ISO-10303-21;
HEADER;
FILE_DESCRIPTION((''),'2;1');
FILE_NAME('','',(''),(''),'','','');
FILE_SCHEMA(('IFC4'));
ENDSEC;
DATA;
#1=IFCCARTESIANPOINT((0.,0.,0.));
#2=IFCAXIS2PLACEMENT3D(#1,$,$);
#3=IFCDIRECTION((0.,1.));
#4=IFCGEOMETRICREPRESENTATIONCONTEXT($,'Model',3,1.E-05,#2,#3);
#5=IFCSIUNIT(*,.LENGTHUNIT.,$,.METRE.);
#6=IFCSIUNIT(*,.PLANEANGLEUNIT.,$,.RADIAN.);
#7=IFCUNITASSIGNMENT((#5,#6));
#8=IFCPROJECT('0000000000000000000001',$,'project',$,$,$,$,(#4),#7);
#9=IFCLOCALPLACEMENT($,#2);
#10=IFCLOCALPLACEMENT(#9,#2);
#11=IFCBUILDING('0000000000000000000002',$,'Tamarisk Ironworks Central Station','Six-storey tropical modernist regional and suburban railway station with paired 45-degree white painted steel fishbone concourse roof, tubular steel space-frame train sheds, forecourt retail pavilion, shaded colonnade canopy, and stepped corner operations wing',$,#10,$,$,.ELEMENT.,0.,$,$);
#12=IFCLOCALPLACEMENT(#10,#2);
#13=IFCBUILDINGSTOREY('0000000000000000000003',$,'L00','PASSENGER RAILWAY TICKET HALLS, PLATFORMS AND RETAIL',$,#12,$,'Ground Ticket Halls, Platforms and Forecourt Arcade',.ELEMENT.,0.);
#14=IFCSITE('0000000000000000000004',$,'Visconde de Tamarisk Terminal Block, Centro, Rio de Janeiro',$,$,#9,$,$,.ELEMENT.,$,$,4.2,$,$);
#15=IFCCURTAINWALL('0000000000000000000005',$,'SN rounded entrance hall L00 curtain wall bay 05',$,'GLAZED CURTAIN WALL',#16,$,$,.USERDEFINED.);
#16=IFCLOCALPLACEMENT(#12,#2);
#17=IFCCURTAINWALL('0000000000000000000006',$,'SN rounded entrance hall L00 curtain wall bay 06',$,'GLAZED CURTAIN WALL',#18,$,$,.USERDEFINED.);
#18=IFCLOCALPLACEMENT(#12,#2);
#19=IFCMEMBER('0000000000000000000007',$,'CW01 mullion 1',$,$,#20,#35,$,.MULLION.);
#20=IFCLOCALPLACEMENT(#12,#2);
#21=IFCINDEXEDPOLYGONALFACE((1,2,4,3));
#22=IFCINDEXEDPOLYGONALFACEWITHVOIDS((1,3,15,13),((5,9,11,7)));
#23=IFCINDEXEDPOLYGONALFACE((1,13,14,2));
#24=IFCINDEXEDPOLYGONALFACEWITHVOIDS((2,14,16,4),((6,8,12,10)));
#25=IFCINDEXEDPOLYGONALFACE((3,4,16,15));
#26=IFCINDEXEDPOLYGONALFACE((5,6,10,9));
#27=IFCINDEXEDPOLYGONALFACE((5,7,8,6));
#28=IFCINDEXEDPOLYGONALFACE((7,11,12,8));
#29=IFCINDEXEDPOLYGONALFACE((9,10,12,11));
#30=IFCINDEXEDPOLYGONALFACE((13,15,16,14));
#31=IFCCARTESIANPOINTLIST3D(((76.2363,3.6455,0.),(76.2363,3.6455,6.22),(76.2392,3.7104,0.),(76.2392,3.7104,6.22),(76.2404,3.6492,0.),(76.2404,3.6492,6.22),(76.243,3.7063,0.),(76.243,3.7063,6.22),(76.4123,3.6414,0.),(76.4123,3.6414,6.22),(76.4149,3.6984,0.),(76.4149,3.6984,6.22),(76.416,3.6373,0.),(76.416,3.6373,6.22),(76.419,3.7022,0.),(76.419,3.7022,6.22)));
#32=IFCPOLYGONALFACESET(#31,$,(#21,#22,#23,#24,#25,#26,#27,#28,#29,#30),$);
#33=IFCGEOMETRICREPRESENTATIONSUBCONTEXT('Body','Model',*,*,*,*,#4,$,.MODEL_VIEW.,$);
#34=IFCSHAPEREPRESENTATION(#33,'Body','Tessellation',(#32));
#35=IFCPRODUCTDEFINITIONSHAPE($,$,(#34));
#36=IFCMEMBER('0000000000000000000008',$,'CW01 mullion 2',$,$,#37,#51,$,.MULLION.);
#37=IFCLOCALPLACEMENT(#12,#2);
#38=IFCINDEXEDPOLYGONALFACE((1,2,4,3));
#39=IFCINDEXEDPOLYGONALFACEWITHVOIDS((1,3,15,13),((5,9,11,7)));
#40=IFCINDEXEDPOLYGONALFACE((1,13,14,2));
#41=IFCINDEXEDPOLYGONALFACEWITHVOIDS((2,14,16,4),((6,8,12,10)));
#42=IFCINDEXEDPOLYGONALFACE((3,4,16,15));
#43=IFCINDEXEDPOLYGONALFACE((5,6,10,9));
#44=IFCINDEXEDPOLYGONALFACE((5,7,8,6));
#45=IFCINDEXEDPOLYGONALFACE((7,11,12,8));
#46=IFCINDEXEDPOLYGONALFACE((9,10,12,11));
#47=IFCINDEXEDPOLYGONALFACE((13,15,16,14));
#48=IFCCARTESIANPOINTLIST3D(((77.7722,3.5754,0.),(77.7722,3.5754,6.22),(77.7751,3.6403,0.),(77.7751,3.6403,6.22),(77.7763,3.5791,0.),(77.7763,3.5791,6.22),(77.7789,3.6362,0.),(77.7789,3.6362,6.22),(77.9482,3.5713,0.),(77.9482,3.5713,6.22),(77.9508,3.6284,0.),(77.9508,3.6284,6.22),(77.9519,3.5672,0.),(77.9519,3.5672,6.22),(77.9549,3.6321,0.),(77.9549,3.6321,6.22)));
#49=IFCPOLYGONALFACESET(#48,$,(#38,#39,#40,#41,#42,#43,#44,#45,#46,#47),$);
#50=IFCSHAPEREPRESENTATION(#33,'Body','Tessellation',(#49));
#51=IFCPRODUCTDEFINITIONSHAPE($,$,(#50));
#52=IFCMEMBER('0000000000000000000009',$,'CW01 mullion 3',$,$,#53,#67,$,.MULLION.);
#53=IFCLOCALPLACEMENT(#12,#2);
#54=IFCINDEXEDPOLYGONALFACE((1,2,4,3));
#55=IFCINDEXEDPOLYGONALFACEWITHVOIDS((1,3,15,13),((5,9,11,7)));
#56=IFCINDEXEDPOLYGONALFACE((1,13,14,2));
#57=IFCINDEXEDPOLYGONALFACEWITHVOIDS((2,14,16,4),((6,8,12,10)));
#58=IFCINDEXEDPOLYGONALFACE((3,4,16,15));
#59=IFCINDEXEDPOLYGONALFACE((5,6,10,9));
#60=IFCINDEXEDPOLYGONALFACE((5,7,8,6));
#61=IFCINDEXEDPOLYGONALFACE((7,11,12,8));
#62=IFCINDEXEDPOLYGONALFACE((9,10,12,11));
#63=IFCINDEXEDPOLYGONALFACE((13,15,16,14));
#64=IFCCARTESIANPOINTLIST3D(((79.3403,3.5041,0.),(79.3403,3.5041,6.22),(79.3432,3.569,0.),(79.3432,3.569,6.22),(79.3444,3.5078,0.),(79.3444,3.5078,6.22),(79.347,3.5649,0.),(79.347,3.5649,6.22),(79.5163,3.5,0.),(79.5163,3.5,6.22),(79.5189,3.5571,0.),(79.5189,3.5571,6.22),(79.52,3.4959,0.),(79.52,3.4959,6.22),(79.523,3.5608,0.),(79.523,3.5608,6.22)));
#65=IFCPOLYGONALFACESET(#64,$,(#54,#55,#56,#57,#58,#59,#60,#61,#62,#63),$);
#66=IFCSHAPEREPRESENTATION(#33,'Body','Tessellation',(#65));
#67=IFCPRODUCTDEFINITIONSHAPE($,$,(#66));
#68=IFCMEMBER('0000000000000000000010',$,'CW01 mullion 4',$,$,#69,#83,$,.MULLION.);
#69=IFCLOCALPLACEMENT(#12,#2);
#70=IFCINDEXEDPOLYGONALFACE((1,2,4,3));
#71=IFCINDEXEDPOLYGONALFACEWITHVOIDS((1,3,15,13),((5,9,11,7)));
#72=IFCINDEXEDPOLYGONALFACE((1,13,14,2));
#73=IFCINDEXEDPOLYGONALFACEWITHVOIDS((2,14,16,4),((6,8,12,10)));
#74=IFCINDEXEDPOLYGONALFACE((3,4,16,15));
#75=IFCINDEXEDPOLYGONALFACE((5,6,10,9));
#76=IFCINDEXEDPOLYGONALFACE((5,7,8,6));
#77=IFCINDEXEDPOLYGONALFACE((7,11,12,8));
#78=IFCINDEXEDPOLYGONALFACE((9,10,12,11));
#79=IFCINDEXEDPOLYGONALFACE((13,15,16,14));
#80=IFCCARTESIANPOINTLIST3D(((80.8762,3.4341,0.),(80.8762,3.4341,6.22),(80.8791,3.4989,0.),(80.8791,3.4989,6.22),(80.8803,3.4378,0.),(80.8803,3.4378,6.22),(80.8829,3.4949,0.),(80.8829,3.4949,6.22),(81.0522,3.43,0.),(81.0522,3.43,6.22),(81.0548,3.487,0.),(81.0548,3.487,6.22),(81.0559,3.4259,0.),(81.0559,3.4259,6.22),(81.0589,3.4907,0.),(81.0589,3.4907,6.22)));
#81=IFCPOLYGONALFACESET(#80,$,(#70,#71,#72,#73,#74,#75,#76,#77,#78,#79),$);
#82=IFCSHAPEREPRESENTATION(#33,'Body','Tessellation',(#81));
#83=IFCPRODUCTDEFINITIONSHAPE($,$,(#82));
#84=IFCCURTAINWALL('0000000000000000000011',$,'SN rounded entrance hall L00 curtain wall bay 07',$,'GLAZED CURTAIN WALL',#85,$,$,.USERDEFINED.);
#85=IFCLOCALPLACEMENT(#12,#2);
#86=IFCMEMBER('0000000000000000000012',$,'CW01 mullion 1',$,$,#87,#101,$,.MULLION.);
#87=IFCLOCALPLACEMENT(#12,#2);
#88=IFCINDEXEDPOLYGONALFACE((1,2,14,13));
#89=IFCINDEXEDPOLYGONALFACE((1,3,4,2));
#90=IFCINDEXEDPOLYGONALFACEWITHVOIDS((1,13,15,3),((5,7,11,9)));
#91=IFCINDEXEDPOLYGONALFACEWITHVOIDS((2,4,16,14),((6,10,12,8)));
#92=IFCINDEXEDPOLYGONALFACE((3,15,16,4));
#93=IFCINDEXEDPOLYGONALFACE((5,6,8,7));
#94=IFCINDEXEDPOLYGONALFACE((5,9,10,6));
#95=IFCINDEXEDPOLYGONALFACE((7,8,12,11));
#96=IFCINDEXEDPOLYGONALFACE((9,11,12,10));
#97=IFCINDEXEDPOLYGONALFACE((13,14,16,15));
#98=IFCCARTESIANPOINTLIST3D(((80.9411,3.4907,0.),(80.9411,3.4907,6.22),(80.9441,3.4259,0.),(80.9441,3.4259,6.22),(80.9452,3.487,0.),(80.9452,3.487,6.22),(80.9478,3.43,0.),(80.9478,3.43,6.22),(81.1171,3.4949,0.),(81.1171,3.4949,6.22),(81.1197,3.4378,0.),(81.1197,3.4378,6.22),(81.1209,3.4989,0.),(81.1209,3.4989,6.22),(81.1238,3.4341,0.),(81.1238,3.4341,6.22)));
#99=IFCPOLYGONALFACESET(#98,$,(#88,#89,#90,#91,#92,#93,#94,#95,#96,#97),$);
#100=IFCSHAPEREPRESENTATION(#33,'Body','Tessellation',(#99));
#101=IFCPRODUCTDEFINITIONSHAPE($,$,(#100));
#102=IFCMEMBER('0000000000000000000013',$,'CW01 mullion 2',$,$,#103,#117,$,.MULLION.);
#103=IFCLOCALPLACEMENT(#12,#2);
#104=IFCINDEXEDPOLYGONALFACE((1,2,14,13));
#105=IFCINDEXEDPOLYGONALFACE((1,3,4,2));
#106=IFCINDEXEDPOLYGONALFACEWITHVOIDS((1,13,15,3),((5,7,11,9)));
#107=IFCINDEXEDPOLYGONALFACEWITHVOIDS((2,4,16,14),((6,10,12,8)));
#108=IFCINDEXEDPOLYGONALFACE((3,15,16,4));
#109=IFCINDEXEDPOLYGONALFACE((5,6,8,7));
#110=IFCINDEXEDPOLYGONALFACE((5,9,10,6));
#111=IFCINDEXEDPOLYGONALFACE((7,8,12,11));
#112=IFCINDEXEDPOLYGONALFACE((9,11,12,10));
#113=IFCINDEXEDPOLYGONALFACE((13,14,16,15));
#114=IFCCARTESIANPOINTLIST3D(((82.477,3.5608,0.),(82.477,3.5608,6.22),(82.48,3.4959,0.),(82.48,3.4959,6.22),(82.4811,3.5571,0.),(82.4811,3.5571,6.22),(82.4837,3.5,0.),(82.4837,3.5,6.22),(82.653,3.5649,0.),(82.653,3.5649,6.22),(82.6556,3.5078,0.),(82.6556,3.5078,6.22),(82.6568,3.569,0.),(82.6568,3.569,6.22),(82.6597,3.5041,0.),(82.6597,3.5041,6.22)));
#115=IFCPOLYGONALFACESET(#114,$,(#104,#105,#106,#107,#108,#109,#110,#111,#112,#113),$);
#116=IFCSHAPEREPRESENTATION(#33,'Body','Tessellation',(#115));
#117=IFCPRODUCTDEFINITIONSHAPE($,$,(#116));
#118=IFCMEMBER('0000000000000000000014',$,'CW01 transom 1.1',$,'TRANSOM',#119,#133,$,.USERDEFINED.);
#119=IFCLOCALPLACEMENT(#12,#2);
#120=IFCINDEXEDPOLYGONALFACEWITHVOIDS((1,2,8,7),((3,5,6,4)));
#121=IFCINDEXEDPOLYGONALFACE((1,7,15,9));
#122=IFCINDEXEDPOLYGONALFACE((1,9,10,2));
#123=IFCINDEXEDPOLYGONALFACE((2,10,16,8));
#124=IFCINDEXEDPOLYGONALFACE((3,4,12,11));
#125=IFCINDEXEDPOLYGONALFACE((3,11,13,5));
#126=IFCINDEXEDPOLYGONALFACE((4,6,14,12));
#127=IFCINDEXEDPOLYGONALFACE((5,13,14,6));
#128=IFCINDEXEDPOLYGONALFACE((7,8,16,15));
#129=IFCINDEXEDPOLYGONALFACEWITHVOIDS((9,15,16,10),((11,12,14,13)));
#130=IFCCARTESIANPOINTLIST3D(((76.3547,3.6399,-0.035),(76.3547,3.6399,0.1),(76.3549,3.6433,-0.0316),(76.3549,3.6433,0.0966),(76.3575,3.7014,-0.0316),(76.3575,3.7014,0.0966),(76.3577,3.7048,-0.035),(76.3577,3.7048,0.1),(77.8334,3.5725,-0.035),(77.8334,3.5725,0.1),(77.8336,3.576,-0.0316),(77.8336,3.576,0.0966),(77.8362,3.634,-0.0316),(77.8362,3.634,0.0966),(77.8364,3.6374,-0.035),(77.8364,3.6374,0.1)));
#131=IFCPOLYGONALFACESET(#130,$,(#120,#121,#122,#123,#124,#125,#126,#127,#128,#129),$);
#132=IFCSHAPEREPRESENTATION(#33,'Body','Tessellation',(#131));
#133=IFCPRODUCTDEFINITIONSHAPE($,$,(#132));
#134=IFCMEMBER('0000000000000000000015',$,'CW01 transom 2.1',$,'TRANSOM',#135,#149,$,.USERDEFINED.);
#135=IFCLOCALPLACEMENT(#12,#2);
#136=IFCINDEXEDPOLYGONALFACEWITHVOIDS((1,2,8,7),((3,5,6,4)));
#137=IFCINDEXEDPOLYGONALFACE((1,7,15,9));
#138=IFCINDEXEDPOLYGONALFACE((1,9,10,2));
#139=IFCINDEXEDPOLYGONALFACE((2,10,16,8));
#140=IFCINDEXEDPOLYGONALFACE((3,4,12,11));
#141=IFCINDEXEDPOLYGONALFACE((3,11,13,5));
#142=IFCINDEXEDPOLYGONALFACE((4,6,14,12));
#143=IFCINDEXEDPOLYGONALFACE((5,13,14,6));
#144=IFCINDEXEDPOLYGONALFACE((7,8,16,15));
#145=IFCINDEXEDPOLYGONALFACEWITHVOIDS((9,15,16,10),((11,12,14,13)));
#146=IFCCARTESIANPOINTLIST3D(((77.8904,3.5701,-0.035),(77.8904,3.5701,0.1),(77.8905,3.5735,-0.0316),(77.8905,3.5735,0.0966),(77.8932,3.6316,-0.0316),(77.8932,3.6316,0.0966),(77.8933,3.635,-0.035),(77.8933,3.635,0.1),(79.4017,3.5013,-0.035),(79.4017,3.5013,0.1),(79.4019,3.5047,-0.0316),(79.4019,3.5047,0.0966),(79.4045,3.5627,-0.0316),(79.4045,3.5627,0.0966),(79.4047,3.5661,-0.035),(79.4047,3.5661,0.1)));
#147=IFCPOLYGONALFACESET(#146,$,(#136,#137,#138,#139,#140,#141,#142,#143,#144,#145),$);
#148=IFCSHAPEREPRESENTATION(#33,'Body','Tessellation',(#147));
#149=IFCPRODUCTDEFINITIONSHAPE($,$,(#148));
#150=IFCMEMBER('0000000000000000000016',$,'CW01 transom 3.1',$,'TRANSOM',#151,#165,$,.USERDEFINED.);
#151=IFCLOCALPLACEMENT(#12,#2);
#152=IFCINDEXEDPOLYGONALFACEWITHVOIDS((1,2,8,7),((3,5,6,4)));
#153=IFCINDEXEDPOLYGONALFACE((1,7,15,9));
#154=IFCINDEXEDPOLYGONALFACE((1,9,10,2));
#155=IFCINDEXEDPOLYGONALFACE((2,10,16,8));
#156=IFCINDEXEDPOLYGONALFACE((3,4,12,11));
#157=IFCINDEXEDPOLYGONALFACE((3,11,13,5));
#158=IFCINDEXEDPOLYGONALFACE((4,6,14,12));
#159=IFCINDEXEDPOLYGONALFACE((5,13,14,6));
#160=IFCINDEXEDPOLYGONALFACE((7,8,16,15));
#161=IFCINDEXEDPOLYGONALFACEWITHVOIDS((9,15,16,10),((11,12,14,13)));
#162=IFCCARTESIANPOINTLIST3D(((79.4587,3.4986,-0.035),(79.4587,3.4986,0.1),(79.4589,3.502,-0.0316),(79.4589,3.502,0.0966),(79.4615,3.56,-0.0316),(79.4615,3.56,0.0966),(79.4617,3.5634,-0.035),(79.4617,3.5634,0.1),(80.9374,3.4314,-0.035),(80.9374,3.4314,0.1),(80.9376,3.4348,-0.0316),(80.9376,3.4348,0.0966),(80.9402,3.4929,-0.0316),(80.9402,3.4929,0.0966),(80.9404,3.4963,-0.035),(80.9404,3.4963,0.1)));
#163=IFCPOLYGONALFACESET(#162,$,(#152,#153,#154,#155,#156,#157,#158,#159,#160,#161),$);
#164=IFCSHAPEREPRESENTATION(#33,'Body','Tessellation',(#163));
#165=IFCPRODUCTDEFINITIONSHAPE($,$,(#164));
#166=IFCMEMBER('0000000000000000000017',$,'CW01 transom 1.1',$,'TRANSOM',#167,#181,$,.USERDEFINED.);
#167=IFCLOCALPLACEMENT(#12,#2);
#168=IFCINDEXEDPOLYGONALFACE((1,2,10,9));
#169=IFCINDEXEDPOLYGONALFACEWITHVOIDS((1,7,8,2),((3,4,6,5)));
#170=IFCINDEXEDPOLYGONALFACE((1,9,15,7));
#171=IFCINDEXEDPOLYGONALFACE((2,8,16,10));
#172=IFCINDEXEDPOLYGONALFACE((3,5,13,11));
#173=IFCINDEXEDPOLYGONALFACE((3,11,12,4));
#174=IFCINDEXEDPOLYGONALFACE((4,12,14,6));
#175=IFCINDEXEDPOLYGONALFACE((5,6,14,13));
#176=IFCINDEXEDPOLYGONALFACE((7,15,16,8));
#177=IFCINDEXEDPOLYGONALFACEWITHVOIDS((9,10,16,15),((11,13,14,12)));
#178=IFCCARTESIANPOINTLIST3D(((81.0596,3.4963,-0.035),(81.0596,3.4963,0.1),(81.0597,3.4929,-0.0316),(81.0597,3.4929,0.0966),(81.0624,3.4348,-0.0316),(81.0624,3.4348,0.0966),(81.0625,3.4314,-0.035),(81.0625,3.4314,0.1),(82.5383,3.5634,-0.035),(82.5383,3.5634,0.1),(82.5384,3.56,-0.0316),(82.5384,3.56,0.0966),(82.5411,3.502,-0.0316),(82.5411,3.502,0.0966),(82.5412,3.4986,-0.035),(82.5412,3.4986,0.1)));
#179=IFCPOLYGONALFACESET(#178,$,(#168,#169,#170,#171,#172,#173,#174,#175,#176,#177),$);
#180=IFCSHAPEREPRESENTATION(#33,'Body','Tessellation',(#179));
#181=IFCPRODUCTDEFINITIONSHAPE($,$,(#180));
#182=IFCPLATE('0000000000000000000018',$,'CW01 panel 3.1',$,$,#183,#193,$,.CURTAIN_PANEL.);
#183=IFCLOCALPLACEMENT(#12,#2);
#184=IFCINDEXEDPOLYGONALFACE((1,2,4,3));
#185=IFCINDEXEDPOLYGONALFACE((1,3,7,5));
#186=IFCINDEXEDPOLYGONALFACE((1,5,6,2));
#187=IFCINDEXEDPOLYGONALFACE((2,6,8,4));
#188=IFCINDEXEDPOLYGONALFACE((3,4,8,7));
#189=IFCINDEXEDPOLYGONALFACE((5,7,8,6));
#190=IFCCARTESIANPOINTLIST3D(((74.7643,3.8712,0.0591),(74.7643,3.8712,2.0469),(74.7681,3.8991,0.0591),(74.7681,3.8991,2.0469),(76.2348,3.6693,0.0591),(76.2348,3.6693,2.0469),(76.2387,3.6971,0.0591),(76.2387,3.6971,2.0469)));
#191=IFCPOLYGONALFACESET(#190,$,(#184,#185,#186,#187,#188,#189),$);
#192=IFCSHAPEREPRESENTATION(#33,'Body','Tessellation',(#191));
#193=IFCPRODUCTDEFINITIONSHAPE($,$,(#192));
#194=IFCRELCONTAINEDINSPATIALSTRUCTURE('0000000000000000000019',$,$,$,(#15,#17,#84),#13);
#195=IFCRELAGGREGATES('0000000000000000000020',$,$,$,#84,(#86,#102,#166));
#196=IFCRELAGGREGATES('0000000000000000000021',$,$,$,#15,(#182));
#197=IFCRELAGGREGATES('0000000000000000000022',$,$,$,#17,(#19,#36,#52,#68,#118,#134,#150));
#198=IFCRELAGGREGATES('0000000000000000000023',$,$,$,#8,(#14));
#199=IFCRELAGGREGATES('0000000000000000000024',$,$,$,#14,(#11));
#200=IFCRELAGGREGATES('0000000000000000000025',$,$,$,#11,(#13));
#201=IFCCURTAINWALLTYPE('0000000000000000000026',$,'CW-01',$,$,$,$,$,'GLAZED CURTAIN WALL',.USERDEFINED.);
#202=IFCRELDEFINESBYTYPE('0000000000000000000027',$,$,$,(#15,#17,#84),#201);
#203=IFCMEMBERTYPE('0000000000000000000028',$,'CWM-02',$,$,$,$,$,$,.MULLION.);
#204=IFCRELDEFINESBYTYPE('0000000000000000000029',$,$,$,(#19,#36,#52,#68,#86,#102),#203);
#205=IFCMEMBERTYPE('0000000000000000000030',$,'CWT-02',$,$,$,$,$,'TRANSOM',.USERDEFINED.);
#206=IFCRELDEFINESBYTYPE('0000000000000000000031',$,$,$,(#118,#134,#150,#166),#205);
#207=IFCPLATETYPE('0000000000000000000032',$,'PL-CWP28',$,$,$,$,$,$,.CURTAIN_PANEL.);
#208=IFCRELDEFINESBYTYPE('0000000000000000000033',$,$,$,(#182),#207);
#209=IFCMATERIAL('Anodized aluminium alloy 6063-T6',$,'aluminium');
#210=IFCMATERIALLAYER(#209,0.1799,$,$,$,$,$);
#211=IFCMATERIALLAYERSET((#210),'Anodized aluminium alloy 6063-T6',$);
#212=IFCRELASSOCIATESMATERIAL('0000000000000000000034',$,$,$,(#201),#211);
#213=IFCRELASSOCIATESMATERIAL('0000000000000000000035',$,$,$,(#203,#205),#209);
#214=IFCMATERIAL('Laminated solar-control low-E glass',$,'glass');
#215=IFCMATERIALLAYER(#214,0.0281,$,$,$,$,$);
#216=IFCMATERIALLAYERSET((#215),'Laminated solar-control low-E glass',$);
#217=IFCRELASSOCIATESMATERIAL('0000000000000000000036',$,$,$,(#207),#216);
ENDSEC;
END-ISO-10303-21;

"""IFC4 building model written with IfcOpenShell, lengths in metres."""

from ifc_helpers import new_model, si_unit, direction, frame, origin, origin_2d, place, context, subcontext, project, spatial, rectangle, hollow_rectangle, extrude, material, layer, layer_set, material_profile, profile_set, type_object, element, aggregate, save


model = new_model("IFC4")

# Units and contexts
model_context = context("Model", 3, precision=1e-05, world=origin(), true_north=direction((0.0, 1.0)))
body_context = subcontext(model_context, "Body", "Model", "MODEL_VIEW")
ifc_project = project(units=[si_unit("LENGTHUNIT", "METRE"), si_unit("PLANEANGLEUNIT", "RADIAN")], contexts=[model_context])

# Site, building, storey
site_placement = place(None, origin())
site = spatial("IfcSite", under=ifc_project, at=site_placement, Name="Visconde de Tamarisk Terminal Block, Centro, Rio de Janeiro", CompositionType="ELEMENT", RefElevation=4.2)
building_placement = place(site_placement, origin())
building = spatial("IfcBuilding", under=site, at=building_placement, Name="Tamarisk Ironworks Central Station", Description="Six-storey tropical modernist regional and suburban railway station with paired 45-degree white painted steel fishbone concourse roof, tubular steel space-frame train sheds, forecourt retail pavilion, shaded colonnade canopy, and stepped corner operations wing", CompositionType="ELEMENT", ElevationOfRefHeight=0.0)
storey_placement = place(building_placement, origin())
storey = spatial("IfcBuildingStorey", under=building, at=storey_placement, Name="L00", Description="PASSENGER RAILWAY TICKET HALLS, PLATFORMS AND RETAIL", LongName="Ground Ticket Halls, Platforms and Forecourt Arcade", CompositionType="ELEMENT", Elevation=0.0)

# Curtain wall
ifc_material_1 = material(Name="Anodized aluminium alloy 6063-T6", Category="aluminium")
ifc_layer_1 = layer(ifc_material_1, 0.1799)
ifc_layer_set_1 = layer_set([ifc_layer_1], Name="Anodized aluminium alloy 6063-T6")
curtain_wall_type = type_object("IfcCurtainWallType", Name="CW-01", ElementType="GLAZED CURTAIN WALL", PredefinedType="USERDEFINED", material=ifc_layer_set_1)
curtain_wall_1_placement = place(storey_placement, origin())
curtain_wall_1 = element("IfcCurtainWall", 1, at=curtain_wall_1_placement, inside=storey, type_object=curtain_wall_type, Name="SN rounded entrance hall L00 curtain wall bay 05", ObjectType="GLAZED CURTAIN WALL", PredefinedType="USERDEFINED")
ifc_material_profile_1 = material_profile(ifc_material_1, hollow_rectangle(XDim=0.0649, YDim=0.1799, WallThickness=0.0039, at=origin_2d()), Name="ALUM 180x65")
ifc_profile_set_1 = profile_set([ifc_material_profile_1], Name="Anodized aluminium alloy 6063-T6")
member_type_1 = type_object("IfcMemberType", Name="CWM-02", PredefinedType="MULLION", material=ifc_profile_set_1)

# Curtain walls, members
curtain_wall_2_placement = place(storey_placement, origin())
curtain_wall_2 = element("IfcCurtainWall", 2, at=curtain_wall_2_placement, inside=storey, type_object=curtain_wall_type, Name="SN rounded entrance hall L00 curtain wall bay 06", ObjectType="GLAZED CURTAIN WALL", PredefinedType="USERDEFINED")
member_1_placement = place(storey_placement, frame((76.3276, 3.6738, 0.0), z_axis=(0.0, 0.0, 1.0), x_axis=(0.045481, 0.998965, 0.0)))
member_1 = element("IfcMember", 3, at=member_1_placement, type_object=member_type_1, Name="CW01 mullion 1", PredefinedType="MULLION", context=body_context, shape_type="SweptSolid", body=[
    extrude(hollow_rectangle(XDim=0.0649, YDim=0.1799, WallThickness=0.0039, at=origin_2d()), origin(), (0.0, 0.0, 1.0), 6.22),
])
member_2_placement = place(storey_placement, frame((77.8635, 3.6038, 0.0), z_axis=(0.0, 0.0, 1.0), x_axis=(0.045481, 0.998965, 0.0)))
member_2 = element("IfcMember", 4, at=member_2_placement, type_object=member_type_1, Name="CW01 mullion 2", PredefinedType="MULLION", context=body_context, shape_type="SweptSolid", body=[
    extrude(hollow_rectangle(XDim=0.0649, YDim=0.1799, WallThickness=0.0039, at=origin_2d()), origin(), (0.0, 0.0, 1.0), 6.22),
])
member_3_placement = place(storey_placement, frame((79.4316, 3.5325, 0.0), z_axis=(0.0, 0.0, 1.0), x_axis=(0.045481, 0.998965, 0.0)))
member_3 = element("IfcMember", 5, at=member_3_placement, type_object=member_type_1, Name="CW01 mullion 3", PredefinedType="MULLION", context=body_context, shape_type="SweptSolid", body=[
    extrude(hollow_rectangle(XDim=0.0649, YDim=0.1799, WallThickness=0.0039, at=origin_2d()), origin(), (0.0, 0.0, 1.0), 6.22),
])
member_4_placement = place(storey_placement, frame((80.9675, 3.4624, 0.0), z_axis=(0.0, 0.0, 1.0), x_axis=(0.045481, 0.998965, 0.0)))
member_4 = element("IfcMember", 6, at=member_4_placement, type_object=member_type_1, Name="CW01 mullion 4", PredefinedType="MULLION", context=body_context, shape_type="SweptSolid", body=[
    extrude(hollow_rectangle(XDim=0.0649, YDim=0.1799, WallThickness=0.0039, at=origin_2d()), origin(), (0.0, 0.0, 1.0), 6.22),
])
curtain_wall_3_placement = place(storey_placement, origin())
curtain_wall_3 = element("IfcCurtainWall", 7, at=curtain_wall_3_placement, inside=storey, type_object=curtain_wall_type, Name="SN rounded entrance hall L00 curtain wall bay 07", ObjectType="GLAZED CURTAIN WALL", PredefinedType="USERDEFINED")
member_5_placement = place(storey_placement, frame((81.0325, 3.4624, 0.0), z_axis=(0.0, 0.0, 1.0), x_axis=(-0.045481, 0.998965, 0.0)))
member_5 = element("IfcMember", 8, at=member_5_placement, type_object=member_type_1, Name="CW01 mullion 1", PredefinedType="MULLION", context=body_context, shape_type="SweptSolid", body=[
    extrude(hollow_rectangle(XDim=0.0649, YDim=0.1799, WallThickness=0.0039, at=origin_2d()), origin(), (0.0, 0.0, 1.0), 6.22),
])
member_6_placement = place(storey_placement, frame((82.5684, 3.5325, 0.0), z_axis=(0.0, 0.0, 1.0), x_axis=(-0.045481, 0.998965, 0.0)))
member_6 = element("IfcMember", 9, at=member_6_placement, type_object=member_type_1, Name="CW01 mullion 2", PredefinedType="MULLION", context=body_context, shape_type="SweptSolid", body=[
    extrude(hollow_rectangle(XDim=0.0649, YDim=0.1799, WallThickness=0.0039, at=origin_2d()), origin(), (0.0, 0.0, 1.0), 6.22),
])

# Members
ifc_material_profile_2 = material_profile(ifc_material_1, hollow_rectangle(XDim=0.0649, YDim=0.135, WallThickness=0.0034, at=origin_2d()), Name="ALUM 135x65")
ifc_profile_set_2 = profile_set([ifc_material_profile_2], Name="Anodized aluminium alloy 6063-T6")
member_type_2 = type_object("IfcMemberType", Name="CWT-02", ElementType="TRANSOM", PredefinedType="USERDEFINED", material=ifc_profile_set_2)
member_7_placement = place(storey_placement, frame((76.3562, 3.6724, 0.0325), z_axis=(0.998963, -0.04552, 0.0), x_axis=(0.04552, 0.998963, 0.0)))
member_7 = element("IfcMember", 10, at=member_7_placement, type_object=member_type_2, Name="CW01 transom 1.1", ObjectType="TRANSOM", PredefinedType="USERDEFINED", context=body_context, shape_type="SweptSolid", body=[
    extrude(hollow_rectangle(XDim=0.0649, YDim=0.135, WallThickness=0.0034, at=origin_2d()), origin(), (0.0, 0.0, 1.0), 1.4802),
])
member_8_placement = place(storey_placement, frame((77.8918, 3.6025, 0.0325), z_axis=(0.998964, -0.045503, 0.0), x_axis=(0.045503, 0.998964, 0.0)))
member_8 = element("IfcMember", 11, at=member_8_placement, type_object=member_type_2, Name="CW01 transom 2.1", ObjectType="TRANSOM", PredefinedType="USERDEFINED", context=body_context, shape_type="SweptSolid", body=[
    extrude(hollow_rectangle(XDim=0.0649, YDim=0.135, WallThickness=0.0034, at=origin_2d()), origin(), (0.0, 0.0, 1.0), 1.5129),
])
member_9_placement = place(storey_placement, frame((79.4602, 3.531, 0.0325), z_axis=(0.998971, -0.045355, 0.0), x_axis=(0.045355, 0.998971, 0.0)))
member_9 = element("IfcMember", 12, at=member_9_placement, type_object=member_type_2, Name="CW01 transom 3.1", ObjectType="TRANSOM", PredefinedType="USERDEFINED", context=body_context, shape_type="SweptSolid", body=[
    extrude(hollow_rectangle(XDim=0.0649, YDim=0.135, WallThickness=0.0034, at=origin_2d()), origin(), (0.0, 0.0, 1.0), 1.4802),
])
member_10_placement = place(storey_placement, frame((81.061, 3.4639, 0.0325), z_axis=(0.998971, 0.045355, 0.0), x_axis=(-0.045355, 0.998971, 0.0)))
member_10 = element("IfcMember", 13, at=member_10_placement, type_object=member_type_2, Name="CW01 transom 1.1", ObjectType="TRANSOM", PredefinedType="USERDEFINED", context=body_context, shape_type="SweptSolid", body=[
    extrude(hollow_rectangle(XDim=0.0649, YDim=0.135, WallThickness=0.0034, at=origin_2d()), origin(), (0.0, 0.0, 1.0), 1.4802),
])
aggregate(curtain_wall_3, [member_5, member_6, member_10])

# Plate
ifc_material_2 = material(Name="Laminated solar-control low-E glass", Category="glass")
ifc_layer_2 = layer(ifc_material_2, 0.0281)
ifc_layer_set_2 = layer_set([ifc_layer_2], Name="Laminated solar-control low-E glass")
plate_type = type_object("IfcPlateType", Name="PL-CWP28", PredefinedType="CURTAIN_PANEL", material=ifc_layer_set_2)
plate_1_placement = place(storey_placement, frame((75.5015, 3.7842, 0.0591), z_axis=(0.0, 0.0, 1.0), x_axis=(0.990703, -0.136042, 0.0)))
plate_1 = element("IfcPlate", 14, at=plate_1_placement, type_object=plate_type, Name="CW01 panel 3.1", PredefinedType="CURTAIN_PANEL", context=body_context, shape_type="SweptSolid", body=[
    extrude(rectangle(XDim=1.4844, YDim=0.0281, at=origin_2d()), origin(), (0.0, 0.0, 1.0), 1.9878),
])
aggregate(curtain_wall_1, [plate_1])
aggregate(curtain_wall_2, [member_1, member_2, member_3, member_4, member_7, member_8, member_9])

save(model, "model.ifc")
